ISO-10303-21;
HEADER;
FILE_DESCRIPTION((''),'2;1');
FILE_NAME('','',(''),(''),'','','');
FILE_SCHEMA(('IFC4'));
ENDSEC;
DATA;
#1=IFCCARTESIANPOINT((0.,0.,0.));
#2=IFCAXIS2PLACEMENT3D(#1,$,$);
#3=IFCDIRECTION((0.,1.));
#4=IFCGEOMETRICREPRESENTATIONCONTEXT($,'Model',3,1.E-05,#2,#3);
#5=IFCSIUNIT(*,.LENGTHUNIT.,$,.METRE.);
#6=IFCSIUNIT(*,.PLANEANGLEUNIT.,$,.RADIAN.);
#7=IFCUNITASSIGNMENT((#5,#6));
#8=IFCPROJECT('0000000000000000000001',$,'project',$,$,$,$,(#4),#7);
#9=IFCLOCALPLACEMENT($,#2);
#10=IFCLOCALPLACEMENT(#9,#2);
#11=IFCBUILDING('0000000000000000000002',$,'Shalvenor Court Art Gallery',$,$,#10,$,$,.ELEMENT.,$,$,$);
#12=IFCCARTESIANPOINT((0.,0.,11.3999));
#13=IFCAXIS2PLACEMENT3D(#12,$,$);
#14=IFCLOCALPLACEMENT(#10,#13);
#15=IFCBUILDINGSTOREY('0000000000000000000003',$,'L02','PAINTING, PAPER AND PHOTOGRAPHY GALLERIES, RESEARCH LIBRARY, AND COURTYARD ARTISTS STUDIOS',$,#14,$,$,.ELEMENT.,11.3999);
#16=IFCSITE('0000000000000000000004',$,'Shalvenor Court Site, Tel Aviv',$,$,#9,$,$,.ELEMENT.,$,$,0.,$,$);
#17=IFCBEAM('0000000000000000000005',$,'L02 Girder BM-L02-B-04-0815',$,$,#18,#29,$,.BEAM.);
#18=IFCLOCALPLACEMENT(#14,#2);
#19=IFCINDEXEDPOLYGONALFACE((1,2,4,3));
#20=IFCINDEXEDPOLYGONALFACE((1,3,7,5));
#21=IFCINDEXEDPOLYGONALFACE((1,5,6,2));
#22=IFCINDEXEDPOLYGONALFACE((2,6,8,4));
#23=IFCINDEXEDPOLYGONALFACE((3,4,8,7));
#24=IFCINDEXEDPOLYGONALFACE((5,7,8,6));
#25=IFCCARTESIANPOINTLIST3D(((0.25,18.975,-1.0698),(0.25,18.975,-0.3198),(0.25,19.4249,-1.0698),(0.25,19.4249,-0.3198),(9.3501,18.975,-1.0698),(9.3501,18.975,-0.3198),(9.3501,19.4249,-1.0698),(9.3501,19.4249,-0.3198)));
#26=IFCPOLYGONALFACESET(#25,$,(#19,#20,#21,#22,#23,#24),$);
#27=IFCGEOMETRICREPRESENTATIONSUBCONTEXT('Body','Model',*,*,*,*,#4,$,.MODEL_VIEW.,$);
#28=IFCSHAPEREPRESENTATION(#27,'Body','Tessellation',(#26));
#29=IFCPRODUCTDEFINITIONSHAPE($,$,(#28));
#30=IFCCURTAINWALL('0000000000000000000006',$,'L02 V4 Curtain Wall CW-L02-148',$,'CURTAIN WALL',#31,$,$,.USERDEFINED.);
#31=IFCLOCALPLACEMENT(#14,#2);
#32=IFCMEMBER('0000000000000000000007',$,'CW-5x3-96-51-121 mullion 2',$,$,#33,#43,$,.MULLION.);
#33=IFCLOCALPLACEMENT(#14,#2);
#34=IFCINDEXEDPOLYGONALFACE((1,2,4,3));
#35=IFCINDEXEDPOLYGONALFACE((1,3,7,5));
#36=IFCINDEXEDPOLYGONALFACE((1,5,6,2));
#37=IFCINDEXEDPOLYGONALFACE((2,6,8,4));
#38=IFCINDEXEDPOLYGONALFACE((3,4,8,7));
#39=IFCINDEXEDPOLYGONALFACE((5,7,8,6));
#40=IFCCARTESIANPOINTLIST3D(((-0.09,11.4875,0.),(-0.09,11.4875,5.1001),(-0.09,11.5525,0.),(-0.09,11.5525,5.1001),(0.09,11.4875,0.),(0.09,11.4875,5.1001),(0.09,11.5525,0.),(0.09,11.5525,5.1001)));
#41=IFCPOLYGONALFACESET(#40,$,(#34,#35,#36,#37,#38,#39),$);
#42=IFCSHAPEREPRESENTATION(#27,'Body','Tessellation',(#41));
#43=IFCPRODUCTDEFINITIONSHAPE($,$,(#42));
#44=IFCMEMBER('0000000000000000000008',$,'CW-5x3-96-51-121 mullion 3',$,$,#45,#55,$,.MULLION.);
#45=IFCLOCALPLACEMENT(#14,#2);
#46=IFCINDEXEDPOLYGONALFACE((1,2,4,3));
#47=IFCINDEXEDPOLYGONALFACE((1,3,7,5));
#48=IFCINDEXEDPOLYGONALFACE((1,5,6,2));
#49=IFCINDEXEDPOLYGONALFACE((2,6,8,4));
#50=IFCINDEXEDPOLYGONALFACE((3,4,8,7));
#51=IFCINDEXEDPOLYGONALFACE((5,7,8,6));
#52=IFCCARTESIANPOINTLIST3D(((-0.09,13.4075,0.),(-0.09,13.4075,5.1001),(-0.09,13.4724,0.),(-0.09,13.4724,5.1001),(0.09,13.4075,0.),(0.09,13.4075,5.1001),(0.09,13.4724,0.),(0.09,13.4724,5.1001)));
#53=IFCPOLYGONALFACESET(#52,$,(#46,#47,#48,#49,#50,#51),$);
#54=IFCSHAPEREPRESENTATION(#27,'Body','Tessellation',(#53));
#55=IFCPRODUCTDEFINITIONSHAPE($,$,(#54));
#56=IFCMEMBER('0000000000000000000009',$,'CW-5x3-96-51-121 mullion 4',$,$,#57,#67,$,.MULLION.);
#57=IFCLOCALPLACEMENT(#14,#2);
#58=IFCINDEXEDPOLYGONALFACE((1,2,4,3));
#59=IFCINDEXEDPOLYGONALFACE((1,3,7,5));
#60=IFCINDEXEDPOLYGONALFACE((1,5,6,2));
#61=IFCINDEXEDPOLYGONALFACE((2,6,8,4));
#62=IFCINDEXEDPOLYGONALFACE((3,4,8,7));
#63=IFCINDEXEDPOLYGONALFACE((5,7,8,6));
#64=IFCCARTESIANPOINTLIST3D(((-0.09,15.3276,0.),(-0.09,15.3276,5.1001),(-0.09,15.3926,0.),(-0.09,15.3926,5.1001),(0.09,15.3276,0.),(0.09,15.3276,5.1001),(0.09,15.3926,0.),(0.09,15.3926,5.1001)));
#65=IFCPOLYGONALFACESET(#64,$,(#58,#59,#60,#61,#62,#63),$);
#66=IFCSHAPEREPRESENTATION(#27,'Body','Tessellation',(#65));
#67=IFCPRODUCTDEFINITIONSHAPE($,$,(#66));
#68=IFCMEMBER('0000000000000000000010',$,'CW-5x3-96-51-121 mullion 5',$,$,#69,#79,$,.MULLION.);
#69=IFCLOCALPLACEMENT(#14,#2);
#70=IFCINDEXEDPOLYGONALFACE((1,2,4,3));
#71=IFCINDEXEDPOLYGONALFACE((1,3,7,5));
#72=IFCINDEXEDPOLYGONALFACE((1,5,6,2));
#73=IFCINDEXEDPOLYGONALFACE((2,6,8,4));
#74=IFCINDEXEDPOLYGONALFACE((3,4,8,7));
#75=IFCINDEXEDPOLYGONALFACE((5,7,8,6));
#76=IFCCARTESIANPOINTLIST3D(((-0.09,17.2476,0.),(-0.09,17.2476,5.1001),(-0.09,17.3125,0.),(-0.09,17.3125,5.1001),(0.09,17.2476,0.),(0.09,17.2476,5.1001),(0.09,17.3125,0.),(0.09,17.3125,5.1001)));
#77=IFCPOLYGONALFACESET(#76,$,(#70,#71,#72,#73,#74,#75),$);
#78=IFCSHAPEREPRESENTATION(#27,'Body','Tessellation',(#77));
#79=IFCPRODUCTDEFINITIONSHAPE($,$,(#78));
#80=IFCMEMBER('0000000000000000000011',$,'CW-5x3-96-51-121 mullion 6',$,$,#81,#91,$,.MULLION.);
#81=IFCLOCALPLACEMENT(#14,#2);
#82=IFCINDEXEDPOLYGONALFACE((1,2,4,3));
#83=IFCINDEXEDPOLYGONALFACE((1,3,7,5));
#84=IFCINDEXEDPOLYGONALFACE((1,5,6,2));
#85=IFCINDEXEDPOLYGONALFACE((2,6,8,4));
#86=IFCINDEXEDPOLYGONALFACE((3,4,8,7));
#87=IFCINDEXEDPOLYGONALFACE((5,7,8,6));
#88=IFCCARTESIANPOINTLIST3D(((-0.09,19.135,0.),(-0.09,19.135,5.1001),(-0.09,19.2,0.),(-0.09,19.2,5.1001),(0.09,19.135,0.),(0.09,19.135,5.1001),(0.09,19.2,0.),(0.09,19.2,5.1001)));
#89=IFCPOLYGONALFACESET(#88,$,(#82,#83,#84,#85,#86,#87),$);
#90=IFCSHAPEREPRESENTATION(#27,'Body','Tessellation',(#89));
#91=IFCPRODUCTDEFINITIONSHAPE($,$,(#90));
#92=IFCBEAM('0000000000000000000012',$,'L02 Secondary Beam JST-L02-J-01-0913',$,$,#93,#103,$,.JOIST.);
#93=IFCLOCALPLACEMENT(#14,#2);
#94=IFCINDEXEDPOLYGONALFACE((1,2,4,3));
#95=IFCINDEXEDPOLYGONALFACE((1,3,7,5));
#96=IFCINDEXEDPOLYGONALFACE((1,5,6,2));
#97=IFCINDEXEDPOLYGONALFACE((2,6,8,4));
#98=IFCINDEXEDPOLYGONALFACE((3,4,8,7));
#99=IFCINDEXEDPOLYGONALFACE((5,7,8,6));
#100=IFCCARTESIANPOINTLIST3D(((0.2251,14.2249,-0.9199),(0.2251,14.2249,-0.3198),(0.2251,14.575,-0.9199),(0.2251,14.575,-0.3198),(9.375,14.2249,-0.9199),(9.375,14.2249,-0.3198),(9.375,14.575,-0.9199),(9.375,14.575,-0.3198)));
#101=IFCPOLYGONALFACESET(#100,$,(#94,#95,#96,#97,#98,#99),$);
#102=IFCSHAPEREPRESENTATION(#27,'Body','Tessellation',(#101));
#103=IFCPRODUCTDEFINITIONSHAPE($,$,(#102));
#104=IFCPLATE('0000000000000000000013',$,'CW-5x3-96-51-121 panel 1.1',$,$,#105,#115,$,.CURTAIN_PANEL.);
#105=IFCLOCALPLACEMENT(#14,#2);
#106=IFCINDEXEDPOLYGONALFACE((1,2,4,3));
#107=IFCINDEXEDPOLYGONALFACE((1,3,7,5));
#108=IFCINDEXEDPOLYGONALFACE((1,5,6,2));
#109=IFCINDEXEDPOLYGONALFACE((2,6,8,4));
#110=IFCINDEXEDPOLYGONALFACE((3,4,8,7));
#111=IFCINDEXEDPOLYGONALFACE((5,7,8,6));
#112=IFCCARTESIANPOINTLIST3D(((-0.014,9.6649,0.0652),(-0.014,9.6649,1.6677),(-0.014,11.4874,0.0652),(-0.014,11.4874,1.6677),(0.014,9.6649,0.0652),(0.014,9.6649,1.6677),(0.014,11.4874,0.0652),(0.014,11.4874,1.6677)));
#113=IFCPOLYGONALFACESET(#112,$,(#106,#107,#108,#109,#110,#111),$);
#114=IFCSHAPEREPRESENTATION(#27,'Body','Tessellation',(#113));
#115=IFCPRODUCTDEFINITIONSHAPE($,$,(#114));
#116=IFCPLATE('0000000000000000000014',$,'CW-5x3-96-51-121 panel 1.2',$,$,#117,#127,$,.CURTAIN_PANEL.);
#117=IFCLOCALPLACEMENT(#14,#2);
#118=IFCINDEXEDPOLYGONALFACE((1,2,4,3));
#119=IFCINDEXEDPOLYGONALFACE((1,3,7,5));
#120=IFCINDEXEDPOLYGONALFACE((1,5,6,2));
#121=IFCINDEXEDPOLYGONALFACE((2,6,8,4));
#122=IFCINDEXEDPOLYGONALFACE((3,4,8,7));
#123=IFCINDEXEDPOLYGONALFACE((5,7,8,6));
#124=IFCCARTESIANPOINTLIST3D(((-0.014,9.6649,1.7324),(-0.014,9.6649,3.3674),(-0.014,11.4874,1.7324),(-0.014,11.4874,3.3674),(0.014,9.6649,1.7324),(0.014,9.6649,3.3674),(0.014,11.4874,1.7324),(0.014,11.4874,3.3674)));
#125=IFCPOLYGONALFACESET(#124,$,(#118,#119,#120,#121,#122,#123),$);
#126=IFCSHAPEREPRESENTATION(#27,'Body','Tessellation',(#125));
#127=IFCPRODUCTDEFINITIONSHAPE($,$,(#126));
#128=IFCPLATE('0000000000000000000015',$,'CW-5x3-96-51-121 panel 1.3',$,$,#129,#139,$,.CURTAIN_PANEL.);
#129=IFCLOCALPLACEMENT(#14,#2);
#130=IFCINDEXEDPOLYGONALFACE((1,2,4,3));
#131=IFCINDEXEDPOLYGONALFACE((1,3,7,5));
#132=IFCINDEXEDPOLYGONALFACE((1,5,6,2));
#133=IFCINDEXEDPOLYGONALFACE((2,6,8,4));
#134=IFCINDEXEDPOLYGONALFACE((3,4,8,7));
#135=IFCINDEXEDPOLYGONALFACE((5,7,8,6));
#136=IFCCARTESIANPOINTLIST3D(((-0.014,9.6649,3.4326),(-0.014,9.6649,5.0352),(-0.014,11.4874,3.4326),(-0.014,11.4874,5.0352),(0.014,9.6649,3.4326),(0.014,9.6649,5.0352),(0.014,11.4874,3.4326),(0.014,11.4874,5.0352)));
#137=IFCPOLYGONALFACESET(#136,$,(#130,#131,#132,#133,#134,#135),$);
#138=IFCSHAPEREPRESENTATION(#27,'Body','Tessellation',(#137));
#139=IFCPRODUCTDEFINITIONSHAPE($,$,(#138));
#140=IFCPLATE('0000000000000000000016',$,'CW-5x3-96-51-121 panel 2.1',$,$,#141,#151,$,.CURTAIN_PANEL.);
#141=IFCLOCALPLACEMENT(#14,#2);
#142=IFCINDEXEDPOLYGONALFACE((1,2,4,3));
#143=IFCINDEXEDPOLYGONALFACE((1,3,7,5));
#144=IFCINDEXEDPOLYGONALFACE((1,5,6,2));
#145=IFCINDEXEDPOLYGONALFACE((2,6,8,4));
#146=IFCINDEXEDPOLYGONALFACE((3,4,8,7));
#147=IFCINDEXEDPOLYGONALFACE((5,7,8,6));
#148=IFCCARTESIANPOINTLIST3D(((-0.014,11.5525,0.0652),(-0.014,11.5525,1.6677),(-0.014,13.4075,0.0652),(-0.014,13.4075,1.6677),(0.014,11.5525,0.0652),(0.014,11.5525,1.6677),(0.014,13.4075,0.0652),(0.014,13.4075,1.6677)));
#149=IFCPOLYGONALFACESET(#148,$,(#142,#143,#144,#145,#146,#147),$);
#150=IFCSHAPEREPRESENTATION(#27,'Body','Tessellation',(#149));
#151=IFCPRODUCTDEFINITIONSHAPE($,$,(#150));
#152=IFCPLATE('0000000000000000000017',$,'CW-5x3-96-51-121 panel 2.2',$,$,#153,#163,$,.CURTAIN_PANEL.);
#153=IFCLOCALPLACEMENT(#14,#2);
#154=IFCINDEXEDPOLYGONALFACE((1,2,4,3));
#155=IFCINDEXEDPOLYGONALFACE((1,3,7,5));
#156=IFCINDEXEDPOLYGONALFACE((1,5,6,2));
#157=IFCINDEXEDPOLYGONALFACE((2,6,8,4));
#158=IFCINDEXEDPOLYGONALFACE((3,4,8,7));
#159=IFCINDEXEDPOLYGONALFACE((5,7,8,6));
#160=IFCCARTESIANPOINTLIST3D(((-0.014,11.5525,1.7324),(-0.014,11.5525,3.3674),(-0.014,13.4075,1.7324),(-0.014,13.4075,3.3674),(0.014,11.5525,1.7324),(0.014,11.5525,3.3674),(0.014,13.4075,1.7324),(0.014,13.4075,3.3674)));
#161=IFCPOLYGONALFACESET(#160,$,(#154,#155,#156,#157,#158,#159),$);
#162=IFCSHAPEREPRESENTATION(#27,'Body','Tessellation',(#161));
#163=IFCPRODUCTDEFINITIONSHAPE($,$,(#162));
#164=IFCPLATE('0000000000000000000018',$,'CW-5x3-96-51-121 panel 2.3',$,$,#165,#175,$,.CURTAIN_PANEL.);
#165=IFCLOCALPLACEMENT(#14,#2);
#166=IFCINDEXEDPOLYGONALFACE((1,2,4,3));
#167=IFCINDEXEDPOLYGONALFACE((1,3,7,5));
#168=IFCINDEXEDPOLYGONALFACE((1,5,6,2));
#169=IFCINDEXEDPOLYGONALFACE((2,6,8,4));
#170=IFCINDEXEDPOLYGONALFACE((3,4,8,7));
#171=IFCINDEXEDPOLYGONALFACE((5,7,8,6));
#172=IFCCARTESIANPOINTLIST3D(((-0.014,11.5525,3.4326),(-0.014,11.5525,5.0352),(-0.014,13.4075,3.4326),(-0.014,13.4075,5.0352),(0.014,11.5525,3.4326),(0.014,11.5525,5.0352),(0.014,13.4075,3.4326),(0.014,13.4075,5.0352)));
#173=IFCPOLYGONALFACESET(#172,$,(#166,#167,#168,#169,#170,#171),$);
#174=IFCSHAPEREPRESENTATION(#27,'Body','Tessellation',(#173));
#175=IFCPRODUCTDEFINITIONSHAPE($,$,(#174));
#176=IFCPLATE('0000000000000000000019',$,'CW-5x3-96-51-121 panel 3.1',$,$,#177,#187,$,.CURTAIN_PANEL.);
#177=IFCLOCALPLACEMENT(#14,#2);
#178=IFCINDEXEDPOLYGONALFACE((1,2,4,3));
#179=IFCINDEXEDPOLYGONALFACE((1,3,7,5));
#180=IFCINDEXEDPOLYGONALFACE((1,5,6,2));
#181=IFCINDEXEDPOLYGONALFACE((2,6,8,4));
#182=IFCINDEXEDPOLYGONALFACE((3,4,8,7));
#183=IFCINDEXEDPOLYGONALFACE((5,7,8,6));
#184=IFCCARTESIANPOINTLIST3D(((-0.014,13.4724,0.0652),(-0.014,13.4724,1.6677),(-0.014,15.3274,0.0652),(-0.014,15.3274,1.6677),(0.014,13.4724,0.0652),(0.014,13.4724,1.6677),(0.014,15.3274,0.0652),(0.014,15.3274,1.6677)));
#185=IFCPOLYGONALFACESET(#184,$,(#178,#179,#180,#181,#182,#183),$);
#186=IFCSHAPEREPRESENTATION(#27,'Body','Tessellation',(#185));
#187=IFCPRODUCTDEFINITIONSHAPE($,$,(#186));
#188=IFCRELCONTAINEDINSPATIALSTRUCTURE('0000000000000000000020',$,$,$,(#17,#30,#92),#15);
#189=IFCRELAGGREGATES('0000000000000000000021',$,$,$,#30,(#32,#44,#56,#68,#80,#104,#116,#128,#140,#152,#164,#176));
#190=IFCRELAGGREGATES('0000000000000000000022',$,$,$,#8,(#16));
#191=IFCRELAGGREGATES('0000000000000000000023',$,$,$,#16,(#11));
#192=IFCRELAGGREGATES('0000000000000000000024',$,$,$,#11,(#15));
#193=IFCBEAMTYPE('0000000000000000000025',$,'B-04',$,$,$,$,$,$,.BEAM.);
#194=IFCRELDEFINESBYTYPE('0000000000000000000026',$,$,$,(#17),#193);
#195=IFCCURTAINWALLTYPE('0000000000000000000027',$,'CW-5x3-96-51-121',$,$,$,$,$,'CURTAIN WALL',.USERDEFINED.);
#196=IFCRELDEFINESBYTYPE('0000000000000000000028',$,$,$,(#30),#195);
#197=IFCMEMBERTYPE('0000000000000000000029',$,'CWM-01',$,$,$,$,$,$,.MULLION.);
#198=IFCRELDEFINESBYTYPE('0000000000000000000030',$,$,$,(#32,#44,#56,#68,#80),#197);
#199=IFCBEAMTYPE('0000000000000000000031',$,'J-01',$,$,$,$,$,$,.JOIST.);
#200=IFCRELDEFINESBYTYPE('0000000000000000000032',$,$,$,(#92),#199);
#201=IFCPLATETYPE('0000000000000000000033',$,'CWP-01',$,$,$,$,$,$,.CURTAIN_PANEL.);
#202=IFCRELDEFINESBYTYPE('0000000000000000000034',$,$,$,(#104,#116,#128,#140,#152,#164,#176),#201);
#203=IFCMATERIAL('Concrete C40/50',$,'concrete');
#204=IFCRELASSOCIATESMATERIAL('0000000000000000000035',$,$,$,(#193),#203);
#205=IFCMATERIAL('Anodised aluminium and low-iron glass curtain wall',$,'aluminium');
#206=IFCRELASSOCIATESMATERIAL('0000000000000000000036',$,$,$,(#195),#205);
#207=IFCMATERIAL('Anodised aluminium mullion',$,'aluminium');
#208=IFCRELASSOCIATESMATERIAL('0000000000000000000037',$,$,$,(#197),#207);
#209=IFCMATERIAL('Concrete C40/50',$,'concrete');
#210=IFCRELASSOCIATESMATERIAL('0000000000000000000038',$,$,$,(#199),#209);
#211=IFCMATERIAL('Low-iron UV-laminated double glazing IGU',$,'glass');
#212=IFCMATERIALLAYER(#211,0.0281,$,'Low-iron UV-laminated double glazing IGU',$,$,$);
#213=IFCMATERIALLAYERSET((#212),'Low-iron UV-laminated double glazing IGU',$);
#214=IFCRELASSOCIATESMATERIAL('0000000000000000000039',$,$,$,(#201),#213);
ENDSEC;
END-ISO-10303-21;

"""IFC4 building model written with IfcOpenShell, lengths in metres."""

from ifc_helpers import new_model, si_unit, direction, frame, origin, origin_2d, place, context, subcontext, project, spatial, rectangle, extrude, material, layer, layer_set, material_profile, profile_set, type_object, element, aggregate, save


model = new_model("IFC4")

# Units and contexts
model_context = context("Model", 3, precision=1e-05, world=origin(), true_north=direction((0.0, 1.0)))
body_context = subcontext(model_context, "Body", "Model", "MODEL_VIEW")
ifc_project = project(units=[si_unit("LENGTHUNIT", "METRE"), si_unit("PLANEANGLEUNIT", "RADIAN")], contexts=[model_context])

# Site, building, storey
site_placement = place(None, origin())
site = spatial("IfcSite", under=ifc_project, at=site_placement, Name="Shalvenor Court Site, Tel Aviv", CompositionType="ELEMENT", RefElevation=0.0)
building_placement = place(site_placement, origin())
building = spatial("IfcBuilding", under=site, at=building_placement, Name="Shalvenor Court Art Gallery", CompositionType="ELEMENT")
storey_placement = place(building_placement, frame((0.0, 0.0, 11.3999)))
storey = spatial("IfcBuildingStorey", under=building, at=storey_placement, Name="L02", Description="PAINTING, PAPER AND PHOTOGRAPHY GALLERIES, RESEARCH LIBRARY, AND COURTYARD ARTISTS STUDIOS", CompositionType="ELEMENT", Elevation=11.3999)

# Beam
ifc_material_1 = material(Name="Concrete C40/50", Category="concrete")
ifc_material_profile_1 = material_profile(ifc_material_1, rectangle(XDim=0.45, YDim=0.75, at=origin_2d()), Name="RC 450x750")
ifc_profile_set_1 = profile_set([ifc_material_profile_1], Name="Concrete C40/50")
beam_type_1 = type_object("IfcBeamType", Name="B-04", PredefinedType="BEAM", material=ifc_profile_set_1)
beam_1_placement = place(storey_placement, frame((0.25, 19.2, -0.6948), z_axis=(1.0, 0.0, 0.0), x_axis=(0.0, 1.0, 0.0)))
element("IfcBeam", 1, at=beam_1_placement, inside=storey, type_object=beam_type_1, Name="L02 Girder BM-L02-B-04-0815", PredefinedType="BEAM", context=body_context, shape_type="SweptSolid", body=[
    extrude(rectangle(XDim=0.45, YDim=0.75, at=origin_2d()), origin(), (0.0, 0.0, 1.0), 9.1001),
])

# Curtain wall, members
ifc_material_2 = material(Name="Anodised aluminium and low-iron glass curtain wall", Category="aluminium")
curtain_wall_type = type_object("IfcCurtainWallType", Name="CW-5x3-96-51-121", ElementType="CURTAIN WALL", PredefinedType="USERDEFINED", material=ifc_material_2)
curtain_wall_placement = place(storey_placement, origin())
curtain_wall = element("IfcCurtainWall", 2, at=curtain_wall_placement, inside=storey, type_object=curtain_wall_type, Name="L02 V4 Curtain Wall CW-L02-148", ObjectType="CURTAIN WALL", PredefinedType="USERDEFINED")
ifc_material_3 = material(Name="Anodised aluminium mullion", Category="aluminium")
ifc_material_profile_2 = material_profile(ifc_material_3, rectangle(XDim=0.0649, YDim=0.1799, at=origin_2d()), Name="CWM-01")
ifc_profile_set_2 = profile_set([ifc_material_profile_2], Name="Anodised aluminium mullion")
member_type = type_object("IfcMemberType", Name="CWM-01", PredefinedType="MULLION", material=ifc_profile_set_2)
member_1_placement = place(storey_placement, frame((0.0, 11.52, 0.0), z_axis=(0.0, 0.0, 1.0), x_axis=(0.0, 1.0, 0.0)))
member_1 = element("IfcMember", 3, at=member_1_placement, type_object=member_type, Name="CW-5x3-96-51-121 mullion 2", PredefinedType="MULLION", context=body_context, shape_type="SweptSolid", body=[
    extrude(rectangle(XDim=0.0649, YDim=0.1799, at=origin_2d()), origin(), (0.0, 0.0, 1.0), 5.1001),
])
member_2_placement = place(storey_placement, frame((0.0, 13.4399, 0.0), z_axis=(0.0, 0.0, 1.0), x_axis=(0.0, 1.0, 0.0)))
member_2 = element("IfcMember", 4, at=member_2_placement, type_object=member_type, Name="CW-5x3-96-51-121 mullion 3", PredefinedType="MULLION", context=body_context, shape_type="SweptSolid", body=[
    extrude(rectangle(XDim=0.0649, YDim=0.1799, at=origin_2d()), origin(), (0.0, 0.0, 1.0), 5.1001),
])
member_3_placement = place(storey_placement, frame((0.0, 15.3601, 0.0), z_axis=(0.0, 0.0, 1.0), x_axis=(0.0, 1.0, 0.0)))
member_3 = element("IfcMember", 5, at=member_3_placement, type_object=member_type, Name="CW-5x3-96-51-121 mullion 4", PredefinedType="MULLION", context=body_context, shape_type="SweptSolid", body=[
    extrude(rectangle(XDim=0.0649, YDim=0.1799, at=origin_2d()), origin(), (0.0, 0.0, 1.0), 5.1001),
])
member_4_placement = place(storey_placement, frame((0.0, 17.28, 0.0), z_axis=(0.0, 0.0, 1.0), x_axis=(0.0, 1.0, 0.0)))
member_4 = element("IfcMember", 6, at=member_4_placement, type_object=member_type, Name="CW-5x3-96-51-121 mullion 5", PredefinedType="MULLION", context=body_context, shape_type="SweptSolid", body=[
    extrude(rectangle(XDim=0.0649, YDim=0.1799, at=origin_2d()), origin(), (0.0, 0.0, 1.0), 5.1001),
])
member_5_placement = place(storey_placement, frame((0.0, 19.1675, 0.0), z_axis=(0.0, 0.0, 1.0), x_axis=(0.0, 1.0, 0.0)))
member_5 = element("IfcMember", 7, at=member_5_placement, type_object=member_type, Name="CW-5x3-96-51-121 mullion 6", PredefinedType="MULLION", context=body_context, shape_type="SweptSolid", body=[
    extrude(rectangle(XDim=0.0649, YDim=0.1799, at=origin_2d()), origin(), (0.0, 0.0, 1.0), 5.1001),
])

# Beam
ifc_material_4 = material(Name="Concrete C40/50", Category="concrete")
ifc_material_profile_3 = material_profile(ifc_material_4, rectangle(XDim=0.3501, YDim=0.6001, at=origin_2d()), Name="RC 350x600")
ifc_profile_set_3 = profile_set([ifc_material_profile_3], Name="Concrete C40/50")
beam_type_2 = type_object("IfcBeamType", Name="J-01", PredefinedType="JOIST", material=ifc_profile_set_3)
beam_2_placement = place(storey_placement, frame((0.2251, 14.3999, -0.6199), z_axis=(1.0, 0.0, 0.0), x_axis=(0.0, 1.0, 0.0)))
element("IfcBeam", 8, at=beam_2_placement, inside=storey, type_object=beam_type_2, Name="L02 Secondary Beam JST-L02-J-01-0913", PredefinedType="JOIST", context=body_context, shape_type="SweptSolid", body=[
    extrude(rectangle(XDim=0.3501, YDim=0.6001, at=origin_2d()), origin(), (0.0, 0.0, 1.0), 9.1499),
])

# Plates
ifc_material_5 = material(Name="Low-iron UV-laminated double glazing IGU", Category="glass")
ifc_layer_1 = layer(ifc_material_5, 0.0281, Name="Low-iron UV-laminated double glazing IGU")
ifc_layer_set_1 = layer_set([ifc_layer_1], Name="Low-iron UV-laminated double glazing IGU")
plate_type_1 = type_object("IfcPlateType", Name="CWP-01", PredefinedType="CURTAIN_PANEL", material=ifc_layer_set_1)
plate_1_placement = place(storey_placement, frame((0.0, 10.5762, 0.0652), z_axis=(0.0, 0.0, 1.0), x_axis=(0.0, 1.0, 0.0)))
plate_1 = element("IfcPlate", 9, at=plate_1_placement, type_object=plate_type_1, Name="CW-5x3-96-51-121 panel 1.1", PredefinedType="CURTAIN_PANEL", context=body_context, shape_type="SweptSolid", body=[
    extrude(rectangle(XDim=1.8225, YDim=0.0281, at=origin_2d()), origin(), (0.0, 0.0, 1.0), 1.6025),
])
plate_2_placement = place(storey_placement, frame((0.0, 10.5762, 1.7324), z_axis=(0.0, 0.0, 1.0), x_axis=(0.0, 1.0, 0.0)))
plate_2 = element("IfcPlate", 10, at=plate_2_placement, type_object=plate_type_1, Name="CW-5x3-96-51-121 panel 1.2", PredefinedType="CURTAIN_PANEL", context=body_context, shape_type="SweptSolid", body=[
    extrude(rectangle(XDim=1.8225, YDim=0.0281, at=origin_2d()), origin(), (0.0, 0.0, 1.0), 1.635),
])
plate_3_placement = place(storey_placement, frame((0.0, 10.5762, 3.4326), z_axis=(0.0, 0.0, 1.0), x_axis=(0.0, 1.0, 0.0)))
plate_3 = element("IfcPlate", 11, at=plate_3_placement, type_object=plate_type_1, Name="CW-5x3-96-51-121 panel 1.3", PredefinedType="CURTAIN_PANEL", context=body_context, shape_type="SweptSolid", body=[
    extrude(rectangle(XDim=1.8225, YDim=0.0281, at=origin_2d()), origin(), (0.0, 0.0, 1.0), 1.6025),
])
plate_4_placement = place(storey_placement, frame((0.0, 12.48, 0.0652), z_axis=(0.0, 0.0, 1.0), x_axis=(0.0, 1.0, 0.0)))
plate_4 = element("IfcPlate", 12, at=plate_4_placement, type_object=plate_type_1, Name="CW-5x3-96-51-121 panel 2.1", PredefinedType="CURTAIN_PANEL", context=body_context, shape_type="SweptSolid", body=[
    extrude(rectangle(XDim=1.855, YDim=0.0281, at=origin_2d()), origin(), (0.0, 0.0, 1.0), 1.6025),
])
plate_5_placement = place(storey_placement, frame((0.0, 12.48, 1.7324), z_axis=(0.0, 0.0, 1.0), x_axis=(0.0, 1.0, 0.0)))
plate_5 = element("IfcPlate", 13, at=plate_5_placement, type_object=plate_type_1, Name="CW-5x3-96-51-121 panel 2.2", PredefinedType="CURTAIN_PANEL", context=body_context, shape_type="SweptSolid", body=[
    extrude(rectangle(XDim=1.855, YDim=0.0281, at=origin_2d()), origin(), (0.0, 0.0, 1.0), 1.635),
])
plate_6_placement = place(storey_placement, frame((0.0, 12.48, 3.4326), z_axis=(0.0, 0.0, 1.0), x_axis=(0.0, 1.0, 0.0)))
plate_6 = element("IfcPlate", 14, at=plate_6_placement, type_object=plate_type_1, Name="CW-5x3-96-51-121 panel 2.3", PredefinedType="CURTAIN_PANEL", context=body_context, shape_type="SweptSolid", body=[
    extrude(rectangle(XDim=1.855, YDim=0.0281, at=origin_2d()), origin(), (0.0, 0.0, 1.0), 1.6025),
])
plate_7_placement = place(storey_placement, frame((0.0, 14.3999, 0.0652), z_axis=(0.0, 0.0, 1.0), x_axis=(0.0, 1.0, 0.0)))
plate_7 = element("IfcPlate", 15, at=plate_7_placement, type_object=plate_type_1, Name="CW-5x3-96-51-121 panel 3.1", PredefinedType="CURTAIN_PANEL", context=body_context, shape_type="SweptSolid", body=[
    extrude(rectangle(XDim=1.855, YDim=0.0281, at=origin_2d()), origin(), (0.0, 0.0, 1.0), 1.6025),
])
aggregate(curtain_wall, [member_1, member_2, member_3, member_4, member_5, plate_1, plate_2, plate_3, plate_4, plate_5, plate_6, plate_7])

save(model, "model.ifc")
